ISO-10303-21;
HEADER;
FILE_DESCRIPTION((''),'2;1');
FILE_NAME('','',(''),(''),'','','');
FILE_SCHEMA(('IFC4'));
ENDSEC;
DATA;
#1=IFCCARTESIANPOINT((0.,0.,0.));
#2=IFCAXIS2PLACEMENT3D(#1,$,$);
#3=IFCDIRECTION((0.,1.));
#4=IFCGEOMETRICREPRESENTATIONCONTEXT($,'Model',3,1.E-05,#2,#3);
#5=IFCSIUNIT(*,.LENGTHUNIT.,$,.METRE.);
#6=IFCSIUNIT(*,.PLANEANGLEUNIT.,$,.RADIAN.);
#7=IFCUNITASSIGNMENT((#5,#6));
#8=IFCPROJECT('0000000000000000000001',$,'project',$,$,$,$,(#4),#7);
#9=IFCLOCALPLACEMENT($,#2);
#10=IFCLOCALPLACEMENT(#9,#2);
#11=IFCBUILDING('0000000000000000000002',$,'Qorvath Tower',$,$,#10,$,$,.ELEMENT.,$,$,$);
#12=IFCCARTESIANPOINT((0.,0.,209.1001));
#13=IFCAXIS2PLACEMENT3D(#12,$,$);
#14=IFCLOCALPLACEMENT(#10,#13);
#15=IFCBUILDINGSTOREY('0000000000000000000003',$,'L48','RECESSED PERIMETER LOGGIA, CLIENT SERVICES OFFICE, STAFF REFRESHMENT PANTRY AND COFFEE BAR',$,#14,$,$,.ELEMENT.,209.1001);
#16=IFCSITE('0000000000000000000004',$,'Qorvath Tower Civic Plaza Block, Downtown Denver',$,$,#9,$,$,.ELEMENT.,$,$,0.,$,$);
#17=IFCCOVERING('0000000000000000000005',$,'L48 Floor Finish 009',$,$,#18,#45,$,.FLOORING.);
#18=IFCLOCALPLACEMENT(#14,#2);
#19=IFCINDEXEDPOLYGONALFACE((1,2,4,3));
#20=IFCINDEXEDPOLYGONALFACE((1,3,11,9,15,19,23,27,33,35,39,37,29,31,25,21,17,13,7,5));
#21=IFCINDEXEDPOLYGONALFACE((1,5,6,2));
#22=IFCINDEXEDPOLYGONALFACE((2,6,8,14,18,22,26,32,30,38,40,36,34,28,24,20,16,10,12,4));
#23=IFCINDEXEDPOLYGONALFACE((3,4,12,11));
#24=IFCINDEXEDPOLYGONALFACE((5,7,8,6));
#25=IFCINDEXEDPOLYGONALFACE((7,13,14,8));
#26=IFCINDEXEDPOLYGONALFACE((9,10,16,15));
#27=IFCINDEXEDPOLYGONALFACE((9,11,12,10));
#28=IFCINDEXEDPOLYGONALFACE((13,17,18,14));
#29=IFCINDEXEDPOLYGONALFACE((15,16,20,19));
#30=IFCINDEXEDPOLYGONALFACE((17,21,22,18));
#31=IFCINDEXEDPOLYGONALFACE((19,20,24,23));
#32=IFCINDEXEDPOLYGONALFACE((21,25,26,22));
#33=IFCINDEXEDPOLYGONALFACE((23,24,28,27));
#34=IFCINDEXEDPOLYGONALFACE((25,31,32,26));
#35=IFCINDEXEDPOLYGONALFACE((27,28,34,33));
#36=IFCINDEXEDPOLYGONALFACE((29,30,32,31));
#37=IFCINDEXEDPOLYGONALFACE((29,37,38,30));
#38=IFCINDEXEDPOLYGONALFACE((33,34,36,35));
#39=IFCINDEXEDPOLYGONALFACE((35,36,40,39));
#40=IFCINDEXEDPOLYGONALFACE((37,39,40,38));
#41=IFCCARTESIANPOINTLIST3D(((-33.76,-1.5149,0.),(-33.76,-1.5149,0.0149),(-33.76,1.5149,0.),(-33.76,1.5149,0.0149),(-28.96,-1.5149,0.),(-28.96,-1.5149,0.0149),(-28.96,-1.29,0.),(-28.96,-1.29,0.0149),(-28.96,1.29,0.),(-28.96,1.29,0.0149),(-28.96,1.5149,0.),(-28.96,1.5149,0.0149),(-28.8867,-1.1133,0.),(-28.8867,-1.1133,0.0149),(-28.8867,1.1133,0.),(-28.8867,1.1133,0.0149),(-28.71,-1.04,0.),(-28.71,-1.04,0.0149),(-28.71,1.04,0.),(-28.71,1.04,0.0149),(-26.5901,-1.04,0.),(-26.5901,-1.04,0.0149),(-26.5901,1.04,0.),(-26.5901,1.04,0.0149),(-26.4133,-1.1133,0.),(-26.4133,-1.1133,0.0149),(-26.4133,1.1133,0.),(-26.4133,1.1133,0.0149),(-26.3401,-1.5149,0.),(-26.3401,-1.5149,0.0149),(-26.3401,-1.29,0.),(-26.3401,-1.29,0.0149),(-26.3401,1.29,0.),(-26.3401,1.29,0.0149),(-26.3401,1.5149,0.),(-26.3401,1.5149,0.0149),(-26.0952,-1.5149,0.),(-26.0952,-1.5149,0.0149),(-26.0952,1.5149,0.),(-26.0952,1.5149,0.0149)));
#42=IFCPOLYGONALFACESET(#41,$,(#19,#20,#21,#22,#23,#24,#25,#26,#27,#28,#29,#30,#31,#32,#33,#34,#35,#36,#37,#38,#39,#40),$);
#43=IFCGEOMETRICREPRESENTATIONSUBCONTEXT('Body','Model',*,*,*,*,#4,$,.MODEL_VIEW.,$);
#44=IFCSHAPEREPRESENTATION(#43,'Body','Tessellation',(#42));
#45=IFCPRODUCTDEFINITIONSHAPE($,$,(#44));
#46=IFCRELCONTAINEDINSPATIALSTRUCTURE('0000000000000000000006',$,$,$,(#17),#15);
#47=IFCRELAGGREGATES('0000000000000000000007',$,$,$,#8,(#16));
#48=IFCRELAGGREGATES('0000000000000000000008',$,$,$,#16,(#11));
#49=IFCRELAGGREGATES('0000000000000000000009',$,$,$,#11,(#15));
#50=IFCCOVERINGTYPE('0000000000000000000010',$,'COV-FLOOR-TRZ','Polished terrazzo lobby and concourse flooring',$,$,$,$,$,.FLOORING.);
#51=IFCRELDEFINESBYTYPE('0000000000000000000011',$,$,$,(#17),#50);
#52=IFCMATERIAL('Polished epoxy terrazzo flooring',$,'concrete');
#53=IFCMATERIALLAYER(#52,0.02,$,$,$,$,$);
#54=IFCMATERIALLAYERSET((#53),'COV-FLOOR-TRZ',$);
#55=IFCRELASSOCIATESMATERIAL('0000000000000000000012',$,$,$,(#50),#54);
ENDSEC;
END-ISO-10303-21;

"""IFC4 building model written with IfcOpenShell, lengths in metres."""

from ifc_helpers import new_model, si_unit, direction, frame, origin, place, context, subcontext, project, spatial, polyline, outline, extrude, material, layer, layer_set, type_object, element, save


model = new_model("IFC4")

# Units and contexts
model_context = context("Model", 3, precision=1e-05, world=origin(), true_north=direction((0.0, 1.0)))
body_context = subcontext(model_context, "Body", "Model", "MODEL_VIEW")
ifc_project = project(units=[si_unit("LENGTHUNIT", "METRE"), si_unit("PLANEANGLEUNIT", "RADIAN")], contexts=[model_context])

# Site, building, storey
site_placement = place(None, origin())
site = spatial("IfcSite", under=ifc_project, at=site_placement, Name="Qorvath Tower Civic Plaza Block, Downtown Denver", CompositionType="ELEMENT", RefElevation=0.0)
building_placement = place(site_placement, origin())
building = spatial("IfcBuilding", under=site, at=building_placement, Name="Qorvath Tower", CompositionType="ELEMENT")
storey_placement = place(building_placement, frame((0.0, 0.0, 209.1001)))
storey = spatial("IfcBuildingStorey", under=building, at=storey_placement, Name="L48", Description="RECESSED PERIMETER LOGGIA, CLIENT SERVICES OFFICE, STAFF REFRESHMENT PANTRY AND COFFEE BAR", CompositionType="ELEMENT", Elevation=209.1001)

# Covering
ifc_material_1 = material(Name="Polished epoxy terrazzo flooring", Category="concrete")
ifc_layer_1 = layer(ifc_material_1, 0.02)
ifc_layer_set_1 = layer_set([ifc_layer_1], Name="COV-FLOOR-TRZ")
covering_type_1 = type_object("IfcCoveringType", Name="COV-FLOOR-TRZ", Description="Polished terrazzo lobby and concourse flooring", PredefinedType="FLOORING", material=ifc_layer_set_1)
covering_1_placement = place(storey_placement, origin())
element("IfcCovering", 1, at=covering_1_placement, inside=storey, type_object=covering_type_1, Name="L48 Floor Finish 009", PredefinedType="FLOORING", context=body_context, shape_type="SweptSolid", body=[
    extrude(outline(polyline([(-26.0952, -1.5149), (-26.0952, 1.5149), (-26.3401, 1.5149), (-26.3401, 1.29), (-26.4133, 1.1133), (-26.5901, 1.04), (-28.71, 1.04), (-28.8867, 1.1133), (-28.96, 1.29), (-28.96, 1.5149), (-33.76, 1.5149), (-33.76, -1.5149), (-28.96, -1.5149), (-28.96, -1.29), (-28.8867, -1.1133), (-28.71, -1.04), (-26.5901, -1.04), (-26.4133, -1.1133), (-26.3401, -1.29), (-26.3401, -1.5149), (-26.0952, -1.5149)])), origin(), (0.0, 0.0, 1.0), 0.0149),
])

save(model, "model.ifc")
